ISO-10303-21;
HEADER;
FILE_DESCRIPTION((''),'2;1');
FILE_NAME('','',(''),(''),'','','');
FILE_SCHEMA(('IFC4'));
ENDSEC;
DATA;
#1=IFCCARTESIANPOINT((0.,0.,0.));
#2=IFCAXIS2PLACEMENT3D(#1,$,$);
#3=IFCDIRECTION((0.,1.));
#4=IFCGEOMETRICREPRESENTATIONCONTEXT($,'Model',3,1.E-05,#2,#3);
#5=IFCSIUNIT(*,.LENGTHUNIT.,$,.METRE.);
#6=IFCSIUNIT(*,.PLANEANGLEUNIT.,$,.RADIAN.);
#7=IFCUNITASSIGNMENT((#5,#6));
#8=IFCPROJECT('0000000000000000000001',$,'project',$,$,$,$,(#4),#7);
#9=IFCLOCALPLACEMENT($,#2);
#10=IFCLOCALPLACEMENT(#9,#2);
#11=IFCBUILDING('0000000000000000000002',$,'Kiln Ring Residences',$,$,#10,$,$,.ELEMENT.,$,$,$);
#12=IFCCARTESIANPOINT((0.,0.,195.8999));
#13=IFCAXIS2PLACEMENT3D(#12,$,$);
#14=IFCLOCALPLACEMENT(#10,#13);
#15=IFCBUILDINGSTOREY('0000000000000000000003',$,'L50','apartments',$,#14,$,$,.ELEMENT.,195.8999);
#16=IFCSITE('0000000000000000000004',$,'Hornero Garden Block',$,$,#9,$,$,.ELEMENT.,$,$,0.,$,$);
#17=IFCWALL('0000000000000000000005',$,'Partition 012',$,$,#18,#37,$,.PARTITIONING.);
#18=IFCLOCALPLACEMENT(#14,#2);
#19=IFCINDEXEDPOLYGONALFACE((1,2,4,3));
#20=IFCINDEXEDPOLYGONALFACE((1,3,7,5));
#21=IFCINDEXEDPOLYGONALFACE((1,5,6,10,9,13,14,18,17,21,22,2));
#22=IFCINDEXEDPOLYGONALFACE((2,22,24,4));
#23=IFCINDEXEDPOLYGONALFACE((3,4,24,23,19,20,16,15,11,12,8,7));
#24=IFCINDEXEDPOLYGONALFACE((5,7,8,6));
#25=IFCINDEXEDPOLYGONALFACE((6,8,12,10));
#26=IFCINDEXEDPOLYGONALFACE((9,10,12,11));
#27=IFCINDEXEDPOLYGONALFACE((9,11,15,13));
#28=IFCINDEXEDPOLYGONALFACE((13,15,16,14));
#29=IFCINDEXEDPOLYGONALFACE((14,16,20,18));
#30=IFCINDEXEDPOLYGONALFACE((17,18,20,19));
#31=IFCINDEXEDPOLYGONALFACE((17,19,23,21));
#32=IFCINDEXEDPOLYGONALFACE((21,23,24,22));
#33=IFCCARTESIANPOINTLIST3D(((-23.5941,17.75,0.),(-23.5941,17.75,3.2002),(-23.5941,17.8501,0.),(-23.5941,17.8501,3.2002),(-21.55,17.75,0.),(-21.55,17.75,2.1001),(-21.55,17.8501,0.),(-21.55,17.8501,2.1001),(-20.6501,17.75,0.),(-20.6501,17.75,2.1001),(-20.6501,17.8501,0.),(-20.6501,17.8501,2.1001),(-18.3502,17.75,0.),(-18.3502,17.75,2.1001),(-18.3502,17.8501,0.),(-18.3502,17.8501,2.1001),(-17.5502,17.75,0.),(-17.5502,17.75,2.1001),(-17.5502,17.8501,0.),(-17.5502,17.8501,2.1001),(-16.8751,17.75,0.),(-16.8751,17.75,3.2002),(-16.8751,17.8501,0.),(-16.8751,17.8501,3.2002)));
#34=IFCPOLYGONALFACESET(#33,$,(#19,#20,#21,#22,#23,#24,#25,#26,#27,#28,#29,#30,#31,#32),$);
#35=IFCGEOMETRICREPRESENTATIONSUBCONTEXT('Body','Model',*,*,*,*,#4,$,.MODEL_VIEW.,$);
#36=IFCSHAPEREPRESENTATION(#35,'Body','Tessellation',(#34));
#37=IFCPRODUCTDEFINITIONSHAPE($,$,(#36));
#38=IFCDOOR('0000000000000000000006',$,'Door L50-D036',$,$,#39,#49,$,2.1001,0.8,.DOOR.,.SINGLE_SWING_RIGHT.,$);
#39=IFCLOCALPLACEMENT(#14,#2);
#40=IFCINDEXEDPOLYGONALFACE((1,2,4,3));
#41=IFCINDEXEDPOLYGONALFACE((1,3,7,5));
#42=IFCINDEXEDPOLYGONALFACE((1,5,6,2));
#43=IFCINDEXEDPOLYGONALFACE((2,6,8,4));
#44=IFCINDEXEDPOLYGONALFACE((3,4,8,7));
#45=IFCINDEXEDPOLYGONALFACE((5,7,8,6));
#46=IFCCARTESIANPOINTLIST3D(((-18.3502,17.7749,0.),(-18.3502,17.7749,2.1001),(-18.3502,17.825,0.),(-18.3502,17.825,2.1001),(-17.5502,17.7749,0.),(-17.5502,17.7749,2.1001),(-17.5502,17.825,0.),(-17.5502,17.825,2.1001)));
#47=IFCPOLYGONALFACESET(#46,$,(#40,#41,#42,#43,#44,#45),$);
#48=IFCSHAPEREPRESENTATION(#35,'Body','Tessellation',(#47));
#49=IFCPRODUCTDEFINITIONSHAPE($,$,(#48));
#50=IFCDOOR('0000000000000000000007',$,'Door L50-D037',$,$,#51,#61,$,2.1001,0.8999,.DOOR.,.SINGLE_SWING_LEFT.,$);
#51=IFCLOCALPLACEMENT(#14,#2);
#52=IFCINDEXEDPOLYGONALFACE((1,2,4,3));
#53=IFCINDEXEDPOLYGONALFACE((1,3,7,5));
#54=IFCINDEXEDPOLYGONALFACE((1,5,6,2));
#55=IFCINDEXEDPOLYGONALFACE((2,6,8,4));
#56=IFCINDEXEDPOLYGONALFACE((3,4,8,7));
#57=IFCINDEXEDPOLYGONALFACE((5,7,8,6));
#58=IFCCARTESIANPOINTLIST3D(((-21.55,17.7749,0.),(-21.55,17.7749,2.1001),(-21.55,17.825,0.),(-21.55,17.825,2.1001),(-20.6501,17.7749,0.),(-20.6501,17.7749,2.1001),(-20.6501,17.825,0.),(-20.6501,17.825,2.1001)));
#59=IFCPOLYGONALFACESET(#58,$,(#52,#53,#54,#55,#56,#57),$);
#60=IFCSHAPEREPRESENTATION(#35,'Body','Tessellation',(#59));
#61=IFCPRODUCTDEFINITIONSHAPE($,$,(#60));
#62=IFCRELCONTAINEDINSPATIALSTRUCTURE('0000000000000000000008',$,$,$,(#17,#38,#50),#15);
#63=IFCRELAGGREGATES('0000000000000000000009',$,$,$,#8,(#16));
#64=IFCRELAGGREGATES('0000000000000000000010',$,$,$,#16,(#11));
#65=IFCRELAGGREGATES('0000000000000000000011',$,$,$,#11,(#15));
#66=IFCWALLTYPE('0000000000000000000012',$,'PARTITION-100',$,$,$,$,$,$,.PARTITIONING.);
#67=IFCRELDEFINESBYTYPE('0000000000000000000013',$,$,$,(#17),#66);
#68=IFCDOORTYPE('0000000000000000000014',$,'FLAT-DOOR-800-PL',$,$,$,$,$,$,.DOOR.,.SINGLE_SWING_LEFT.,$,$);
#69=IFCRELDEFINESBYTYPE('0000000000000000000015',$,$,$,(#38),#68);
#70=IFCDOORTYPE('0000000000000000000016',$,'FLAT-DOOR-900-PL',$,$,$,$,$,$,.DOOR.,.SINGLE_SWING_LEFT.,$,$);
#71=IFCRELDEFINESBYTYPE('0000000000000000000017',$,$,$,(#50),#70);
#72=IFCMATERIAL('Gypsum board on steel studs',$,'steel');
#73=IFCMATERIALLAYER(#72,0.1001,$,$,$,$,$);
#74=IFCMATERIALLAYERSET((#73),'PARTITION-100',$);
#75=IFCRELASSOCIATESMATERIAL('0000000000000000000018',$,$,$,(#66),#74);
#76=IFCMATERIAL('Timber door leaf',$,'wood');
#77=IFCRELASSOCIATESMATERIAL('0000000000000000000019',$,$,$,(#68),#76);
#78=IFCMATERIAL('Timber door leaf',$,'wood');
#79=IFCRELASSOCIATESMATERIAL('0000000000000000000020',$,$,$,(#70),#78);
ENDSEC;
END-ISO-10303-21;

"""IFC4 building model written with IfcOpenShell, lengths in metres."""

from ifc_helpers import new_model, si_unit, direction, frame, frame_2d, origin, place, context, subcontext, project, spatial, rectangle, extrude, material, layer, layer_set, type_object, element, fill, save


model = new_model("IFC4")

# Units and contexts
model_context = context("Model", 3, precision=1e-05, world=origin(), true_north=direction((0.0, 1.0)))
body_context = subcontext(model_context, "Body", "Model", "MODEL_VIEW")
ifc_project = project(units=[si_unit("LENGTHUNIT", "METRE"), si_unit("PLANEANGLEUNIT", "RADIAN")], contexts=[model_context])

# Site, building, storey
site_placement = place(None, origin())
site = spatial("IfcSite", under=ifc_project, at=site_placement, Name="Hornero Garden Block", CompositionType="ELEMENT", RefElevation=0.0)
building_placement = place(site_placement, origin())
building = spatial("IfcBuilding", under=site, at=building_placement, Name="Kiln Ring Residences", CompositionType="ELEMENT")
storey_placement = place(building_placement, frame((0.0, 0.0, 195.8999)))
storey = spatial("IfcBuildingStorey", under=building, at=storey_placement, Name="L50", Description="apartments", CompositionType="ELEMENT", Elevation=195.8999)

# Wall, openings, doors
ifc_material_1 = material(Name="Gypsum board on steel studs", Category="steel")
ifc_layer_1 = layer(ifc_material_1, 0.1001)
ifc_layer_set_1 = layer_set([ifc_layer_1], Name="PARTITION-100")
wall_type_1 = type_object("IfcWallType", Name="PARTITION-100", PredefinedType="PARTITIONING", material=ifc_layer_set_1)
wall_1_placement = place(storey_placement, frame((-23.594, 17.8, 0.0), z_axis=(0.0, 0.0, 1.0), x_axis=(1.0, 0.0, 0.0)))
wall_1 = element("IfcWall", 1, at=wall_1_placement, inside=storey, type_object=wall_type_1, Name="Partition 012", PredefinedType="PARTITIONING", context=body_context, shape_type="SweptSolid", body=[
    extrude(rectangle(XDim=6.719, YDim=0.1001, at=frame_2d((3.3594, 0.0))), origin(), (0.0, 0.0, 1.0), 3.2002),
])
opening_1_placement = place(wall_1_placement, frame((5.2439, 0.0, 0.0)))
opening_1 = element("IfcOpeningElement", 2, at=opening_1_placement, cuts=wall_1, PredefinedType="OPENING", context=body_context, shape_type="SweptSolid", body=[
    extrude(rectangle(XDim=0.8, YDim=2.1001, at=frame_2d((0.3999, 1.05))), frame((0.0, 0.0601, 0.0), z_axis=(0.0, -1.0, 0.0), x_axis=(1.0, 0.0, 0.0)), (0.0, 0.0, 1.0), 0.1201),
])
opening_2_placement = place(wall_1_placement, frame((2.0439, 0.0, 0.0)))
opening_2 = element("IfcOpeningElement", 3, at=opening_2_placement, cuts=wall_1, PredefinedType="OPENING", context=body_context, shape_type="SweptSolid", body=[
    extrude(rectangle(XDim=0.8999, YDim=2.1001, at=frame_2d((0.45, 1.05))), frame((0.0, 0.0601, 0.0), z_axis=(0.0, -1.0, 0.0), x_axis=(1.0, 0.0, 0.0)), (0.0, 0.0, 1.0), 0.1201),
])
ifc_material_2 = material(Name="Timber door leaf", Category="wood")
door_type_1 = type_object("IfcDoorType", Name="FLAT-DOOR-800-PL", OperationType="SINGLE_SWING_LEFT", PredefinedType="DOOR", material=ifc_material_2)
door_1_placement = place(opening_1_placement, origin())
door_1 = element("IfcDoor", 4, at=door_1_placement, inside=storey, type_object=door_type_1, Name="Door L50-D036", OperationType="SINGLE_SWING_RIGHT", OverallHeight=2.1001, OverallWidth=0.8, PredefinedType="DOOR", context=body_context, shape_type="SweptSolid", body=[
    extrude(rectangle(XDim=0.8, YDim=2.1001, at=frame_2d((0.3999, 1.05))), frame((0.0, 0.0249, 0.0), z_axis=(0.0, -1.0, 0.0), x_axis=(1.0, 0.0, 0.0)), (0.0, 0.0, 1.0), 0.05),
])
fill(opening_1, door_1)
ifc_material_3 = material(Name="Timber door leaf", Category="wood")
door_type_2 = type_object("IfcDoorType", Name="FLAT-DOOR-900-PL", OperationType="SINGLE_SWING_LEFT", PredefinedType="DOOR", material=ifc_material_3)
door_2_placement = place(opening_2_placement, origin())
door_2 = element("IfcDoor", 5, at=door_2_placement, inside=storey, type_object=door_type_2, Name="Door L50-D037", OperationType="SINGLE_SWING_LEFT", OverallHeight=2.1001, OverallWidth=0.8999, PredefinedType="DOOR", context=body_context, shape_type="SweptSolid", body=[
    extrude(rectangle(XDim=0.8999, YDim=2.1001, at=frame_2d((0.45, 1.05))), frame((0.0, 0.0249, 0.0), z_axis=(0.0, -1.0, 0.0), x_axis=(1.0, 0.0, 0.0)), (0.0, 0.0, 1.0), 0.05),
])
fill(opening_2, door_2)

save(model, "model.ifc")
